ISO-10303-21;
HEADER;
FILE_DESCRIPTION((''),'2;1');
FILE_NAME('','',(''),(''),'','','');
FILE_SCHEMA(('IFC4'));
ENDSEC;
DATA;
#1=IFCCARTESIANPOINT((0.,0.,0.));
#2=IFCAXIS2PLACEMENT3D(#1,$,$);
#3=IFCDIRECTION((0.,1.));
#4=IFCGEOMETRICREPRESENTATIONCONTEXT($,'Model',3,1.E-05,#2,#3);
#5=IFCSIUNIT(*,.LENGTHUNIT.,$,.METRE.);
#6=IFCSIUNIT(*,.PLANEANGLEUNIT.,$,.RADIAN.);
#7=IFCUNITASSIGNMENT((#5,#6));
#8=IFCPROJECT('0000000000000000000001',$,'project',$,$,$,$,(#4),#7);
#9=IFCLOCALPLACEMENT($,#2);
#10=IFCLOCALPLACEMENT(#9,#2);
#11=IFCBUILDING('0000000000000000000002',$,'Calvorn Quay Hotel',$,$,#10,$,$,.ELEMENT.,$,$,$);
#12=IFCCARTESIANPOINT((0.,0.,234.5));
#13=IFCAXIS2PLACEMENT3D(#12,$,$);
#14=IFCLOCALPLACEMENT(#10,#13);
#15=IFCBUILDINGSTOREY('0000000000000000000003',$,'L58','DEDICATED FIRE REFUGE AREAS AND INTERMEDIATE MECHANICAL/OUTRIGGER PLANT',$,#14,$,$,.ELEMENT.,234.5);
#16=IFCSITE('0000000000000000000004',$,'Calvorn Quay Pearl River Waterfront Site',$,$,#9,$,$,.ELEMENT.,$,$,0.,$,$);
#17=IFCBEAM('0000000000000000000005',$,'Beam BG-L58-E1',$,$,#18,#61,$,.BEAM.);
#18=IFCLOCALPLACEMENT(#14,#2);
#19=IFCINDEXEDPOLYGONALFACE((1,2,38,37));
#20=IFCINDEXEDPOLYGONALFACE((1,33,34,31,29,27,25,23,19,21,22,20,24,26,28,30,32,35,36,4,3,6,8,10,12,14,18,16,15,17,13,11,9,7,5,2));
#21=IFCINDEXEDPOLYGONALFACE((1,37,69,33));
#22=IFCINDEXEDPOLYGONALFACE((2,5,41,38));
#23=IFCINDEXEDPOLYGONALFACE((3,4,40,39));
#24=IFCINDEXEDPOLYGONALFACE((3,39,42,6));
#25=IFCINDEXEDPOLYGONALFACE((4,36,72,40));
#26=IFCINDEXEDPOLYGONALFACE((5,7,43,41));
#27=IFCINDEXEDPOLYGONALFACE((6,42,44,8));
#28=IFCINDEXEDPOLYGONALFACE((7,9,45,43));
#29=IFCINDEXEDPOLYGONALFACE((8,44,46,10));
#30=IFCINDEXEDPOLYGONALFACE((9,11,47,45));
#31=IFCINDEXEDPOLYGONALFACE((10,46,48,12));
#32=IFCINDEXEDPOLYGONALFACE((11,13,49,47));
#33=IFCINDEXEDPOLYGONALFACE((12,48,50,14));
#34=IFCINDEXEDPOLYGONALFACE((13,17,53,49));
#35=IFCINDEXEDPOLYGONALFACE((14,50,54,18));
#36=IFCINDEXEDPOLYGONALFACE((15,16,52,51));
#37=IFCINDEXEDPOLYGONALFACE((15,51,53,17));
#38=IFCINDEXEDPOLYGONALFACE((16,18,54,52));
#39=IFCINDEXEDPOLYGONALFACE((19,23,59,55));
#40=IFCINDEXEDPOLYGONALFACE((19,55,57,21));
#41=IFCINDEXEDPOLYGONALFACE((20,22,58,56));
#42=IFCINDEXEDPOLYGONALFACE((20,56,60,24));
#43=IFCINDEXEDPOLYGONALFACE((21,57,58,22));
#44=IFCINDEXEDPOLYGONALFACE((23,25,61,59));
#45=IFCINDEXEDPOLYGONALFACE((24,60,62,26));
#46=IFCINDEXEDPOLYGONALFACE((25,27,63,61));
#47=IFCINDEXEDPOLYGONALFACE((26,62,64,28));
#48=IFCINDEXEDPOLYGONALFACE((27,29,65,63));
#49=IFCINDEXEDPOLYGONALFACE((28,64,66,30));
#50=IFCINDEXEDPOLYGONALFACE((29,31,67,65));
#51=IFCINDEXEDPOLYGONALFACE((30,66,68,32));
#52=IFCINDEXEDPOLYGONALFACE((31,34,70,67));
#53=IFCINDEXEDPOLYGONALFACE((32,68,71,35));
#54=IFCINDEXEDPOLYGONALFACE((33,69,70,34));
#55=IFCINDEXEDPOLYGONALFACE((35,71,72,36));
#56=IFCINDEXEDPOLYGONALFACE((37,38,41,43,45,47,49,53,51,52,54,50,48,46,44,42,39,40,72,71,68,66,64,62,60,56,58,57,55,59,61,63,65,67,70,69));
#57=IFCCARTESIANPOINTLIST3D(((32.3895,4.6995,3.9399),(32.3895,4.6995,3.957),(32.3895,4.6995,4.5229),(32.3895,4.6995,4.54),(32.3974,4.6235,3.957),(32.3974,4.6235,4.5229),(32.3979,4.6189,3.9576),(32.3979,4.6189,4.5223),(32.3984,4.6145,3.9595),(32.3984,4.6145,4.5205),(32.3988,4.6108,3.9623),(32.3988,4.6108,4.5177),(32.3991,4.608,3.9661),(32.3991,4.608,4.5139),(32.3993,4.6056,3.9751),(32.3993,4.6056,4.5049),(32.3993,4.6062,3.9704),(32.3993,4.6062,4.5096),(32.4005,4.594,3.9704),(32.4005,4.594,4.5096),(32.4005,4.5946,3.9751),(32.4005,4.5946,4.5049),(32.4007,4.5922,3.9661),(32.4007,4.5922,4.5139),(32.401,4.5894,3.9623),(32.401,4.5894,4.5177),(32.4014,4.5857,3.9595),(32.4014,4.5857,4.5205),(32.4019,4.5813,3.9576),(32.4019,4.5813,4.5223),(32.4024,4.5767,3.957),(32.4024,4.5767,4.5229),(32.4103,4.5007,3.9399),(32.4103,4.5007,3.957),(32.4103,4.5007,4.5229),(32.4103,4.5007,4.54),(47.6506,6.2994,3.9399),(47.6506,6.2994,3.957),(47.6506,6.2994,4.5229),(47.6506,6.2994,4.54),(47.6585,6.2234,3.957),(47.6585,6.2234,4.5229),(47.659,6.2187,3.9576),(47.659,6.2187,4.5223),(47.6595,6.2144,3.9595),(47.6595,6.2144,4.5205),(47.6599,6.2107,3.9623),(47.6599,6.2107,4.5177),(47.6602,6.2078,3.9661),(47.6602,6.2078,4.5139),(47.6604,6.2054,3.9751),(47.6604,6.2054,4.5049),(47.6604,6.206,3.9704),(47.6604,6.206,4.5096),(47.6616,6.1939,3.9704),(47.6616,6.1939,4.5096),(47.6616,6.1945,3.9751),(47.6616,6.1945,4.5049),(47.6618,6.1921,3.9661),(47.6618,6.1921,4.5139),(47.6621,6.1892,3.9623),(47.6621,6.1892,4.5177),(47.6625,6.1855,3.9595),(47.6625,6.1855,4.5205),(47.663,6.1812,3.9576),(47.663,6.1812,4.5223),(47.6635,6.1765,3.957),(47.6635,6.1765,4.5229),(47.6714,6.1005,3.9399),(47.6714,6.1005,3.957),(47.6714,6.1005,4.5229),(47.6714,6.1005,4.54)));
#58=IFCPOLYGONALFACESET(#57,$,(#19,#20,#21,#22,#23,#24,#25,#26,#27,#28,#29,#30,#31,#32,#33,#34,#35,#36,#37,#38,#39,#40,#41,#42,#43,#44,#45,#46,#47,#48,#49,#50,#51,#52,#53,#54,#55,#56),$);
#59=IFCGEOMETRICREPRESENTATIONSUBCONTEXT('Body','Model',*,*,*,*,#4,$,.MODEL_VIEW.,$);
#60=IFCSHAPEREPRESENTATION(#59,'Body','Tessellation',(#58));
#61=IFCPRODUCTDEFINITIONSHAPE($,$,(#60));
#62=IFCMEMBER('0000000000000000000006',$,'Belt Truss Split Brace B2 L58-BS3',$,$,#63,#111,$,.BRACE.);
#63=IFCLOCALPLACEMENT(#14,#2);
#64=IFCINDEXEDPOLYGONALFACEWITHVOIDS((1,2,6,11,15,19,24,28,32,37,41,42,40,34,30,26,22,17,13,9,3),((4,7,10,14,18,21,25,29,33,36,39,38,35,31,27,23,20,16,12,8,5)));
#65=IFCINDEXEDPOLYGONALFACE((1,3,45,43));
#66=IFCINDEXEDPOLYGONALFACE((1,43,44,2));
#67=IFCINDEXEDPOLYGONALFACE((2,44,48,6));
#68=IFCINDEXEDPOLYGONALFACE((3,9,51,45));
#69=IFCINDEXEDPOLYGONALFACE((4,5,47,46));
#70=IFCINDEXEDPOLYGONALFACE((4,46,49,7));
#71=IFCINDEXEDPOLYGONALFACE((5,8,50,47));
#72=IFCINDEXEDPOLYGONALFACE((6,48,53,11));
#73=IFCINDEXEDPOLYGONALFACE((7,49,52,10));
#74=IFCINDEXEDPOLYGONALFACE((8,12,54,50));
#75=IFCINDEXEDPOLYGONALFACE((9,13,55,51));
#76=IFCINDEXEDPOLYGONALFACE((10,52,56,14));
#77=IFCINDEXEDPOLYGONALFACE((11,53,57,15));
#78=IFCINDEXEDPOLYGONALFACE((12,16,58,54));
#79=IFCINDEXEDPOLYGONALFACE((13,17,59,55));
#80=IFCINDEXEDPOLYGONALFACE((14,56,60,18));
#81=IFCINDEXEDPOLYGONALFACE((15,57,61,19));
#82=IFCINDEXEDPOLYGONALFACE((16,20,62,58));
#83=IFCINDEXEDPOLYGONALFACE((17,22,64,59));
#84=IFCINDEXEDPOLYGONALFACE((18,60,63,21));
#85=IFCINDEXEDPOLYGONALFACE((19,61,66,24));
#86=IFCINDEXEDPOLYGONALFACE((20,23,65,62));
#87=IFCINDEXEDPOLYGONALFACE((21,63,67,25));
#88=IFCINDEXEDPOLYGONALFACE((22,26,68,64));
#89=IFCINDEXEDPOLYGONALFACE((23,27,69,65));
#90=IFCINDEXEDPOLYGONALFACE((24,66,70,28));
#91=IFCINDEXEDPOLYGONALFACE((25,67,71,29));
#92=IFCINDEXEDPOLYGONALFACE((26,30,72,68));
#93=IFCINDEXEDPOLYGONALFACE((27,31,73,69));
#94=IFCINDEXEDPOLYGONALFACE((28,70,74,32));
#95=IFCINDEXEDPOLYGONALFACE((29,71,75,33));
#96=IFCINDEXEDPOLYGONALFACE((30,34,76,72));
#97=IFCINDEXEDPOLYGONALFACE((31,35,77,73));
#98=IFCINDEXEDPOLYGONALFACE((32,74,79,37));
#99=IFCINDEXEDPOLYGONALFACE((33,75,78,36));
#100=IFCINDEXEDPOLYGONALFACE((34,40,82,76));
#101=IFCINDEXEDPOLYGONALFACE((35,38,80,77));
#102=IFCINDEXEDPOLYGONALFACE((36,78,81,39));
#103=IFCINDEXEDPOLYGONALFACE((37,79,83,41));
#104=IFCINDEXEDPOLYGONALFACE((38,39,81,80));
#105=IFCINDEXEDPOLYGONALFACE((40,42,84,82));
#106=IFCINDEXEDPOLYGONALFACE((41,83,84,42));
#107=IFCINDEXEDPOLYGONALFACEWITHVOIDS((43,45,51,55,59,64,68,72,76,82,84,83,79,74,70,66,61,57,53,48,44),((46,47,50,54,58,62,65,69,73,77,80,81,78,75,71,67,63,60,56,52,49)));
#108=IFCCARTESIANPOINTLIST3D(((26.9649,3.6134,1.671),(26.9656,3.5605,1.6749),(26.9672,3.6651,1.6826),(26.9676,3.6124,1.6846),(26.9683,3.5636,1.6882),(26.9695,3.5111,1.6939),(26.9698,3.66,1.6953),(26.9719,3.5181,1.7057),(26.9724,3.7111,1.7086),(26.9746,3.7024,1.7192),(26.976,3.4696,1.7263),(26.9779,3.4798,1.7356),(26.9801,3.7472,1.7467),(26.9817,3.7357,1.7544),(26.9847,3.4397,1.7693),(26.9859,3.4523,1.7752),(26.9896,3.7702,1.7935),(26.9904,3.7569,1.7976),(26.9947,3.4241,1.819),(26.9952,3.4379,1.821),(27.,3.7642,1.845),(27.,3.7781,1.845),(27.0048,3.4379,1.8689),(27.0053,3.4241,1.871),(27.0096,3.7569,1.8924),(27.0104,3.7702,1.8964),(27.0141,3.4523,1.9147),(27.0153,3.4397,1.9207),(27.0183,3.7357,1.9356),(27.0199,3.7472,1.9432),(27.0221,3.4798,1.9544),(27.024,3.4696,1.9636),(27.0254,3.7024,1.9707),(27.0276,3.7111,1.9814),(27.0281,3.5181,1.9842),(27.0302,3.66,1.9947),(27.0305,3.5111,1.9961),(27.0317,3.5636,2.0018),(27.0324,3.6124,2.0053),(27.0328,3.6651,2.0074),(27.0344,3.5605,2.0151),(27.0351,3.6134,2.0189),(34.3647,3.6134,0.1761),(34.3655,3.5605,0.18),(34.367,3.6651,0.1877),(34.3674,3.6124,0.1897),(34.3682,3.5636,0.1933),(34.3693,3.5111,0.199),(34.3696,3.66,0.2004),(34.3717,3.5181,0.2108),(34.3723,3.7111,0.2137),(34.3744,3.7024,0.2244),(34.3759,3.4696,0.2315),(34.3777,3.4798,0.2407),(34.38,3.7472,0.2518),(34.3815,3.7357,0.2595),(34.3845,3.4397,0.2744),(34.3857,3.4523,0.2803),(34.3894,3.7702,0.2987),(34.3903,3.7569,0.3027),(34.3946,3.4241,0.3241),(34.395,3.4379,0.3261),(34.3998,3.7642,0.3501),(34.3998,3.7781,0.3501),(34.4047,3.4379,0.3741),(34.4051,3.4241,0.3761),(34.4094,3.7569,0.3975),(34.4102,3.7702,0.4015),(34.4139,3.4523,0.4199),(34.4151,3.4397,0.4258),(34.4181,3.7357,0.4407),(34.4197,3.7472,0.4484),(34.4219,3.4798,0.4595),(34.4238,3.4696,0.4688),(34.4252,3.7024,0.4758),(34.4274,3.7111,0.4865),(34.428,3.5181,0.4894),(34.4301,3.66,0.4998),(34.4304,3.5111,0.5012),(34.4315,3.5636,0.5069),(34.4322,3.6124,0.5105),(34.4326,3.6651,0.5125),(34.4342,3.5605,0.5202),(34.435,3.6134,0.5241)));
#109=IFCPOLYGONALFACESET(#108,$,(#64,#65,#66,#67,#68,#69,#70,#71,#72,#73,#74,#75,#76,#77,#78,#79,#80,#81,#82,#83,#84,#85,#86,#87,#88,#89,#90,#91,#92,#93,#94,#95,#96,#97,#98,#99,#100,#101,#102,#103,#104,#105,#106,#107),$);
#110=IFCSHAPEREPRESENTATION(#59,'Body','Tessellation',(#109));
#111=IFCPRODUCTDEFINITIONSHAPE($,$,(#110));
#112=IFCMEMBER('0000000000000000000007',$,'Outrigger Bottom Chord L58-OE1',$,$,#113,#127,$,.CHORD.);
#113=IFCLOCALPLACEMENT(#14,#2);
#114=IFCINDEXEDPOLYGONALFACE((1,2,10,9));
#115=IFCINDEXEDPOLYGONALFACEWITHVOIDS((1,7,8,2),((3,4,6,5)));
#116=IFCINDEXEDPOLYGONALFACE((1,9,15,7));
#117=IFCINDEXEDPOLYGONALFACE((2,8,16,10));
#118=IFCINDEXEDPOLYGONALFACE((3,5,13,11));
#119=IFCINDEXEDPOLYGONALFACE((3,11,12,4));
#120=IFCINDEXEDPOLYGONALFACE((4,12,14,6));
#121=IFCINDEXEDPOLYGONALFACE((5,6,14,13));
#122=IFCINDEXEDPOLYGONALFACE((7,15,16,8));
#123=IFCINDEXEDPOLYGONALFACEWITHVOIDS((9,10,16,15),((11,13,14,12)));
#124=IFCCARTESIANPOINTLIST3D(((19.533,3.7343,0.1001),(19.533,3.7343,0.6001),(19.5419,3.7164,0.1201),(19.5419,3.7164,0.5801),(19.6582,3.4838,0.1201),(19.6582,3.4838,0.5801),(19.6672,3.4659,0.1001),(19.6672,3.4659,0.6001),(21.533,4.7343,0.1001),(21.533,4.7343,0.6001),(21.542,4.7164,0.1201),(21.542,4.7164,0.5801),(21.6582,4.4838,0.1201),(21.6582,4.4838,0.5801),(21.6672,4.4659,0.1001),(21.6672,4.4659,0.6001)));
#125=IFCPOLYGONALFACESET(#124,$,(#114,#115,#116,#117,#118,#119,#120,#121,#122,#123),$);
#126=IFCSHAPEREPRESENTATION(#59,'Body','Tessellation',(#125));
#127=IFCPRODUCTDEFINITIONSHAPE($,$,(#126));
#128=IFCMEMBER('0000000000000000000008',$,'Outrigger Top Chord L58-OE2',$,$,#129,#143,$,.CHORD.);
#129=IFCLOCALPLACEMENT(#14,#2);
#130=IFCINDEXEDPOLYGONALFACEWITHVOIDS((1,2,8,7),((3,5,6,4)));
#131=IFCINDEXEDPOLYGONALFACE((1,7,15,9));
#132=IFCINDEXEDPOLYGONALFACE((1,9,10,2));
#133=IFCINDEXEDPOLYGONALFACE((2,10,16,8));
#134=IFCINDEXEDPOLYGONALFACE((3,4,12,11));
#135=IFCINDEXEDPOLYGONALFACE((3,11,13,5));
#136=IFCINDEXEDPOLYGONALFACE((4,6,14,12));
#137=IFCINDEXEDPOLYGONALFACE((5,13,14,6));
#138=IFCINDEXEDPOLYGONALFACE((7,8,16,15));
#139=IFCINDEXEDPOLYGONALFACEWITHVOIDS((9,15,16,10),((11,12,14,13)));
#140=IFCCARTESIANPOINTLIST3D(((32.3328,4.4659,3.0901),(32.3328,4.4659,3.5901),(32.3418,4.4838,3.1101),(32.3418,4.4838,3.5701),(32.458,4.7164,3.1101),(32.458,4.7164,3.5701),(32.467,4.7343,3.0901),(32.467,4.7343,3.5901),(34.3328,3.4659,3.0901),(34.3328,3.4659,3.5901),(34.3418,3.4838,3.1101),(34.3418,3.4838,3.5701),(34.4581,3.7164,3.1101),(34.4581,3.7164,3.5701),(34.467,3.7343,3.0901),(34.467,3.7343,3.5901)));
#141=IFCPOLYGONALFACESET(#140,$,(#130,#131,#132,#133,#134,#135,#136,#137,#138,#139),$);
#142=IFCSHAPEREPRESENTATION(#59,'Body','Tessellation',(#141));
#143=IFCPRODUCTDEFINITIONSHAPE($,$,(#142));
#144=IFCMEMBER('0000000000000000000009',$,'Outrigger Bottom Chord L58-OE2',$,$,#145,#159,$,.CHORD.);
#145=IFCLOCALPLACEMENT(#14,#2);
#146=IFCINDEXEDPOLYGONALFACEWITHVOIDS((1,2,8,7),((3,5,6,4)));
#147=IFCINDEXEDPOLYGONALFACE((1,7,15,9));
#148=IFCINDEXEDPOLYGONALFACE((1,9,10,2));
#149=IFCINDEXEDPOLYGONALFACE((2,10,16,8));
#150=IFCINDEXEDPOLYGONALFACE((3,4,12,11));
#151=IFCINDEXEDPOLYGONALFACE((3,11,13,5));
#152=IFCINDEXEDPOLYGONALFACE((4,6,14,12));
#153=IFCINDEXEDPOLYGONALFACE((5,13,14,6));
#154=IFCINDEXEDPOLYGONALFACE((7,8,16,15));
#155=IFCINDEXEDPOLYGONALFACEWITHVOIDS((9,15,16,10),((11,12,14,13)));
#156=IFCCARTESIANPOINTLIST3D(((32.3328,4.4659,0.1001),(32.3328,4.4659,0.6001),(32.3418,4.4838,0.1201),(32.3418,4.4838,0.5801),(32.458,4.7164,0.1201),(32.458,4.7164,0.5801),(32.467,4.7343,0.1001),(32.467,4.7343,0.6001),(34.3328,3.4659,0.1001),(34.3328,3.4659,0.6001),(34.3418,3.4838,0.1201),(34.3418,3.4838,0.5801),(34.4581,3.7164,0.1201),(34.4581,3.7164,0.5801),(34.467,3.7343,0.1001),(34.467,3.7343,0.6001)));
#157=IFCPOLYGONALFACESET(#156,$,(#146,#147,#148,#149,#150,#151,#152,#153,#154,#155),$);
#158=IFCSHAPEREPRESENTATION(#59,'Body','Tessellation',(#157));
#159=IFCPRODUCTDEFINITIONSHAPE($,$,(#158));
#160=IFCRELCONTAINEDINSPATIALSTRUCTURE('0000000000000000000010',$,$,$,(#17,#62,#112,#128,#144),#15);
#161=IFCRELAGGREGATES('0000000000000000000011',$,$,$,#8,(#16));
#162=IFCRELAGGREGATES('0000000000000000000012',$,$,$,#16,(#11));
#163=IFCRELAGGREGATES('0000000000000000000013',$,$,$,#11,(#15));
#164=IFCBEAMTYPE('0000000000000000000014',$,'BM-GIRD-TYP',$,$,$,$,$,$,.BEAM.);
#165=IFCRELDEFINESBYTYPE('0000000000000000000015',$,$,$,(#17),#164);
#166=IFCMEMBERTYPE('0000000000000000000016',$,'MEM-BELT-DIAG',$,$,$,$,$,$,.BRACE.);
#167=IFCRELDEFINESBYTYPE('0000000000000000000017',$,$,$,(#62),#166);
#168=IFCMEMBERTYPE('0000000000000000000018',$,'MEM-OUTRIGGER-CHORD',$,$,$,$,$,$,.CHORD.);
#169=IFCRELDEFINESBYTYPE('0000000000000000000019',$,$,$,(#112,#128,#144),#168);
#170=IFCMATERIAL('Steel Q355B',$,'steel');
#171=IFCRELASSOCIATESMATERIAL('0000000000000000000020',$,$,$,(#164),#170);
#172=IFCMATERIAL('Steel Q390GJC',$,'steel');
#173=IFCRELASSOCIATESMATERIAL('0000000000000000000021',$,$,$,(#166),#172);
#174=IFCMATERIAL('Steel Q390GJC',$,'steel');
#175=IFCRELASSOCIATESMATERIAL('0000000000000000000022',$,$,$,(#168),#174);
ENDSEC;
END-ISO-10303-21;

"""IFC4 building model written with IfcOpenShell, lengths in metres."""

from ifc_helpers import new_model, si_unit, direction, frame, origin, origin_2d, place, context, subcontext, project, spatial, hollow_rectangle, hollow_circle, i_section, extrude, material, material_profile, profile_set, type_object, element, save


model = new_model("IFC4")

# Units and contexts
model_context = context("Model", 3, precision=1e-05, world=origin(), true_north=direction((0.0, 1.0)))
body_context = subcontext(model_context, "Body", "Model", "MODEL_VIEW")
ifc_project = project(units=[si_unit("LENGTHUNIT", "METRE"), si_unit("PLANEANGLEUNIT", "RADIAN")], contexts=[model_context])

# Site, building, storey
site_placement = place(None, origin())
site = spatial("IfcSite", under=ifc_project, at=site_placement, Name="Calvorn Quay Pearl River Waterfront Site", CompositionType="ELEMENT", RefElevation=0.0)
building_placement = place(site_placement, origin())
building = spatial("IfcBuilding", under=site, at=building_placement, Name="Calvorn Quay Hotel", CompositionType="ELEMENT")
storey_placement = place(building_placement, frame((0.0, 0.0, 234.5)))
storey = spatial("IfcBuildingStorey", under=building, at=storey_placement, Name="L58", Description="DEDICATED FIRE REFUGE AREAS AND INTERMEDIATE MECHANICAL/OUTRIGGER PLANT", CompositionType="ELEMENT", Elevation=234.5)

# Beam
ifc_material_1 = material(Name="Steel Q355B", Category="steel")
ifc_material_profile_1 = material_profile(ifc_material_1, i_section(OverallWidth=0.2, OverallDepth=0.6001, WebThickness=0.011, FlangeThickness=0.0171, FilletRadius=0.0181, at=origin_2d()), Name="HN600x200x11x17")
ifc_profile_set_1 = profile_set([ifc_material_profile_1], Name="Steel Q355B")
beam_type = type_object("IfcBeamType", Name="BM-GIRD-TYP", PredefinedType="BEAM", material=ifc_profile_set_1)
beam_placement = place(storey_placement, frame((32.3999, 4.6001, 4.24), z_axis=(0.99455, 0.104262, 0.0), x_axis=(-0.104262, 0.99455, 0.0)))
element("IfcBeam", 1, at=beam_placement, inside=storey, type_object=beam_type, Name="Beam BG-L58-E1", PredefinedType="BEAM", context=body_context, shape_type="SweptSolid", body=[
    extrude(i_section(OverallWidth=0.2, OverallDepth=0.6001, WebThickness=0.011, FlangeThickness=0.0171, FilletRadius=0.0181, at=origin_2d()), origin(), (0.0, 0.0, 1.0), 15.3447),
])

# Members
ifc_material_2 = material(Name="Steel Q390GJC", Category="steel")
ifc_material_profile_2 = material_profile(ifc_material_2, hollow_circle(Radius=0.178, WallThickness=0.0139, at=origin_2d()), Name="CHS356x14")
ifc_profile_set_2 = profile_set([ifc_material_profile_2], Name="Steel Q390GJC")
member_type_1 = type_object("IfcMemberType", Name="MEM-BELT-DIAG", PredefinedType="BRACE", material=ifc_profile_set_2)
member_1_placement = place(storey_placement, frame((27.0, 3.6001, 1.845), z_axis=(0.980199, 0.0, -0.198013), x_axis=(0.0, 1.0, 0.0)))
element("IfcMember", 2, at=member_1_placement, inside=storey, type_object=member_type_1, Name="Belt Truss Split Brace B2 L58-BS3", PredefinedType="BRACE", context=body_context, shape_type="SweptSolid", body=[
    extrude(hollow_circle(Radius=0.178, WallThickness=0.0139, at=origin_2d()), origin(), (0.0, 0.0, 1.0), 7.5493),
])
ifc_material_3 = material(Name="Steel Q390GJC", Category="steel")
ifc_material_profile_3 = material_profile(ifc_material_3, hollow_rectangle(XDim=0.3, YDim=0.5, WallThickness=0.02, at=origin_2d()), Name="RHS500x300x20")
ifc_profile_set_3 = profile_set([ifc_material_profile_3], Name="Steel Q390GJC")
member_type_2 = type_object("IfcMemberType", Name="MEM-OUTRIGGER-CHORD", PredefinedType="CHORD", material=ifc_profile_set_3)
for number, where, z_axis, x_axis, name in (
    (3, (21.6001, 4.6001, 0.3501), (-0.894427, -0.447214, 0.0), (0.447214, -0.894427, 0.0), "Outrigger Bottom Chord L58-OE1"),
    (4, (32.3999, 4.6001, 3.3401), (0.894427, -0.447214, 0.0), (0.447214, 0.894427, 0.0), "Outrigger Top Chord L58-OE2"),
    (5, (32.3999, 4.6001, 0.3501), (0.894427, -0.447214, 0.0), (0.447214, 0.894427, 0.0), "Outrigger Bottom Chord L58-OE2"),
):
    element("IfcMember", number, at=place(storey_placement, frame(where, z_axis=z_axis, x_axis=x_axis)), inside=storey, type_object=member_type_2, Name=name, PredefinedType="CHORD", context=body_context, shape_type="SweptSolid", body=[
        extrude(hollow_rectangle(XDim=0.3, YDim=0.5, WallThickness=0.02, at=origin_2d()), origin(), (0.0, 0.0, 1.0), 2.2361),
    ])

save(model, "model.ifc")
